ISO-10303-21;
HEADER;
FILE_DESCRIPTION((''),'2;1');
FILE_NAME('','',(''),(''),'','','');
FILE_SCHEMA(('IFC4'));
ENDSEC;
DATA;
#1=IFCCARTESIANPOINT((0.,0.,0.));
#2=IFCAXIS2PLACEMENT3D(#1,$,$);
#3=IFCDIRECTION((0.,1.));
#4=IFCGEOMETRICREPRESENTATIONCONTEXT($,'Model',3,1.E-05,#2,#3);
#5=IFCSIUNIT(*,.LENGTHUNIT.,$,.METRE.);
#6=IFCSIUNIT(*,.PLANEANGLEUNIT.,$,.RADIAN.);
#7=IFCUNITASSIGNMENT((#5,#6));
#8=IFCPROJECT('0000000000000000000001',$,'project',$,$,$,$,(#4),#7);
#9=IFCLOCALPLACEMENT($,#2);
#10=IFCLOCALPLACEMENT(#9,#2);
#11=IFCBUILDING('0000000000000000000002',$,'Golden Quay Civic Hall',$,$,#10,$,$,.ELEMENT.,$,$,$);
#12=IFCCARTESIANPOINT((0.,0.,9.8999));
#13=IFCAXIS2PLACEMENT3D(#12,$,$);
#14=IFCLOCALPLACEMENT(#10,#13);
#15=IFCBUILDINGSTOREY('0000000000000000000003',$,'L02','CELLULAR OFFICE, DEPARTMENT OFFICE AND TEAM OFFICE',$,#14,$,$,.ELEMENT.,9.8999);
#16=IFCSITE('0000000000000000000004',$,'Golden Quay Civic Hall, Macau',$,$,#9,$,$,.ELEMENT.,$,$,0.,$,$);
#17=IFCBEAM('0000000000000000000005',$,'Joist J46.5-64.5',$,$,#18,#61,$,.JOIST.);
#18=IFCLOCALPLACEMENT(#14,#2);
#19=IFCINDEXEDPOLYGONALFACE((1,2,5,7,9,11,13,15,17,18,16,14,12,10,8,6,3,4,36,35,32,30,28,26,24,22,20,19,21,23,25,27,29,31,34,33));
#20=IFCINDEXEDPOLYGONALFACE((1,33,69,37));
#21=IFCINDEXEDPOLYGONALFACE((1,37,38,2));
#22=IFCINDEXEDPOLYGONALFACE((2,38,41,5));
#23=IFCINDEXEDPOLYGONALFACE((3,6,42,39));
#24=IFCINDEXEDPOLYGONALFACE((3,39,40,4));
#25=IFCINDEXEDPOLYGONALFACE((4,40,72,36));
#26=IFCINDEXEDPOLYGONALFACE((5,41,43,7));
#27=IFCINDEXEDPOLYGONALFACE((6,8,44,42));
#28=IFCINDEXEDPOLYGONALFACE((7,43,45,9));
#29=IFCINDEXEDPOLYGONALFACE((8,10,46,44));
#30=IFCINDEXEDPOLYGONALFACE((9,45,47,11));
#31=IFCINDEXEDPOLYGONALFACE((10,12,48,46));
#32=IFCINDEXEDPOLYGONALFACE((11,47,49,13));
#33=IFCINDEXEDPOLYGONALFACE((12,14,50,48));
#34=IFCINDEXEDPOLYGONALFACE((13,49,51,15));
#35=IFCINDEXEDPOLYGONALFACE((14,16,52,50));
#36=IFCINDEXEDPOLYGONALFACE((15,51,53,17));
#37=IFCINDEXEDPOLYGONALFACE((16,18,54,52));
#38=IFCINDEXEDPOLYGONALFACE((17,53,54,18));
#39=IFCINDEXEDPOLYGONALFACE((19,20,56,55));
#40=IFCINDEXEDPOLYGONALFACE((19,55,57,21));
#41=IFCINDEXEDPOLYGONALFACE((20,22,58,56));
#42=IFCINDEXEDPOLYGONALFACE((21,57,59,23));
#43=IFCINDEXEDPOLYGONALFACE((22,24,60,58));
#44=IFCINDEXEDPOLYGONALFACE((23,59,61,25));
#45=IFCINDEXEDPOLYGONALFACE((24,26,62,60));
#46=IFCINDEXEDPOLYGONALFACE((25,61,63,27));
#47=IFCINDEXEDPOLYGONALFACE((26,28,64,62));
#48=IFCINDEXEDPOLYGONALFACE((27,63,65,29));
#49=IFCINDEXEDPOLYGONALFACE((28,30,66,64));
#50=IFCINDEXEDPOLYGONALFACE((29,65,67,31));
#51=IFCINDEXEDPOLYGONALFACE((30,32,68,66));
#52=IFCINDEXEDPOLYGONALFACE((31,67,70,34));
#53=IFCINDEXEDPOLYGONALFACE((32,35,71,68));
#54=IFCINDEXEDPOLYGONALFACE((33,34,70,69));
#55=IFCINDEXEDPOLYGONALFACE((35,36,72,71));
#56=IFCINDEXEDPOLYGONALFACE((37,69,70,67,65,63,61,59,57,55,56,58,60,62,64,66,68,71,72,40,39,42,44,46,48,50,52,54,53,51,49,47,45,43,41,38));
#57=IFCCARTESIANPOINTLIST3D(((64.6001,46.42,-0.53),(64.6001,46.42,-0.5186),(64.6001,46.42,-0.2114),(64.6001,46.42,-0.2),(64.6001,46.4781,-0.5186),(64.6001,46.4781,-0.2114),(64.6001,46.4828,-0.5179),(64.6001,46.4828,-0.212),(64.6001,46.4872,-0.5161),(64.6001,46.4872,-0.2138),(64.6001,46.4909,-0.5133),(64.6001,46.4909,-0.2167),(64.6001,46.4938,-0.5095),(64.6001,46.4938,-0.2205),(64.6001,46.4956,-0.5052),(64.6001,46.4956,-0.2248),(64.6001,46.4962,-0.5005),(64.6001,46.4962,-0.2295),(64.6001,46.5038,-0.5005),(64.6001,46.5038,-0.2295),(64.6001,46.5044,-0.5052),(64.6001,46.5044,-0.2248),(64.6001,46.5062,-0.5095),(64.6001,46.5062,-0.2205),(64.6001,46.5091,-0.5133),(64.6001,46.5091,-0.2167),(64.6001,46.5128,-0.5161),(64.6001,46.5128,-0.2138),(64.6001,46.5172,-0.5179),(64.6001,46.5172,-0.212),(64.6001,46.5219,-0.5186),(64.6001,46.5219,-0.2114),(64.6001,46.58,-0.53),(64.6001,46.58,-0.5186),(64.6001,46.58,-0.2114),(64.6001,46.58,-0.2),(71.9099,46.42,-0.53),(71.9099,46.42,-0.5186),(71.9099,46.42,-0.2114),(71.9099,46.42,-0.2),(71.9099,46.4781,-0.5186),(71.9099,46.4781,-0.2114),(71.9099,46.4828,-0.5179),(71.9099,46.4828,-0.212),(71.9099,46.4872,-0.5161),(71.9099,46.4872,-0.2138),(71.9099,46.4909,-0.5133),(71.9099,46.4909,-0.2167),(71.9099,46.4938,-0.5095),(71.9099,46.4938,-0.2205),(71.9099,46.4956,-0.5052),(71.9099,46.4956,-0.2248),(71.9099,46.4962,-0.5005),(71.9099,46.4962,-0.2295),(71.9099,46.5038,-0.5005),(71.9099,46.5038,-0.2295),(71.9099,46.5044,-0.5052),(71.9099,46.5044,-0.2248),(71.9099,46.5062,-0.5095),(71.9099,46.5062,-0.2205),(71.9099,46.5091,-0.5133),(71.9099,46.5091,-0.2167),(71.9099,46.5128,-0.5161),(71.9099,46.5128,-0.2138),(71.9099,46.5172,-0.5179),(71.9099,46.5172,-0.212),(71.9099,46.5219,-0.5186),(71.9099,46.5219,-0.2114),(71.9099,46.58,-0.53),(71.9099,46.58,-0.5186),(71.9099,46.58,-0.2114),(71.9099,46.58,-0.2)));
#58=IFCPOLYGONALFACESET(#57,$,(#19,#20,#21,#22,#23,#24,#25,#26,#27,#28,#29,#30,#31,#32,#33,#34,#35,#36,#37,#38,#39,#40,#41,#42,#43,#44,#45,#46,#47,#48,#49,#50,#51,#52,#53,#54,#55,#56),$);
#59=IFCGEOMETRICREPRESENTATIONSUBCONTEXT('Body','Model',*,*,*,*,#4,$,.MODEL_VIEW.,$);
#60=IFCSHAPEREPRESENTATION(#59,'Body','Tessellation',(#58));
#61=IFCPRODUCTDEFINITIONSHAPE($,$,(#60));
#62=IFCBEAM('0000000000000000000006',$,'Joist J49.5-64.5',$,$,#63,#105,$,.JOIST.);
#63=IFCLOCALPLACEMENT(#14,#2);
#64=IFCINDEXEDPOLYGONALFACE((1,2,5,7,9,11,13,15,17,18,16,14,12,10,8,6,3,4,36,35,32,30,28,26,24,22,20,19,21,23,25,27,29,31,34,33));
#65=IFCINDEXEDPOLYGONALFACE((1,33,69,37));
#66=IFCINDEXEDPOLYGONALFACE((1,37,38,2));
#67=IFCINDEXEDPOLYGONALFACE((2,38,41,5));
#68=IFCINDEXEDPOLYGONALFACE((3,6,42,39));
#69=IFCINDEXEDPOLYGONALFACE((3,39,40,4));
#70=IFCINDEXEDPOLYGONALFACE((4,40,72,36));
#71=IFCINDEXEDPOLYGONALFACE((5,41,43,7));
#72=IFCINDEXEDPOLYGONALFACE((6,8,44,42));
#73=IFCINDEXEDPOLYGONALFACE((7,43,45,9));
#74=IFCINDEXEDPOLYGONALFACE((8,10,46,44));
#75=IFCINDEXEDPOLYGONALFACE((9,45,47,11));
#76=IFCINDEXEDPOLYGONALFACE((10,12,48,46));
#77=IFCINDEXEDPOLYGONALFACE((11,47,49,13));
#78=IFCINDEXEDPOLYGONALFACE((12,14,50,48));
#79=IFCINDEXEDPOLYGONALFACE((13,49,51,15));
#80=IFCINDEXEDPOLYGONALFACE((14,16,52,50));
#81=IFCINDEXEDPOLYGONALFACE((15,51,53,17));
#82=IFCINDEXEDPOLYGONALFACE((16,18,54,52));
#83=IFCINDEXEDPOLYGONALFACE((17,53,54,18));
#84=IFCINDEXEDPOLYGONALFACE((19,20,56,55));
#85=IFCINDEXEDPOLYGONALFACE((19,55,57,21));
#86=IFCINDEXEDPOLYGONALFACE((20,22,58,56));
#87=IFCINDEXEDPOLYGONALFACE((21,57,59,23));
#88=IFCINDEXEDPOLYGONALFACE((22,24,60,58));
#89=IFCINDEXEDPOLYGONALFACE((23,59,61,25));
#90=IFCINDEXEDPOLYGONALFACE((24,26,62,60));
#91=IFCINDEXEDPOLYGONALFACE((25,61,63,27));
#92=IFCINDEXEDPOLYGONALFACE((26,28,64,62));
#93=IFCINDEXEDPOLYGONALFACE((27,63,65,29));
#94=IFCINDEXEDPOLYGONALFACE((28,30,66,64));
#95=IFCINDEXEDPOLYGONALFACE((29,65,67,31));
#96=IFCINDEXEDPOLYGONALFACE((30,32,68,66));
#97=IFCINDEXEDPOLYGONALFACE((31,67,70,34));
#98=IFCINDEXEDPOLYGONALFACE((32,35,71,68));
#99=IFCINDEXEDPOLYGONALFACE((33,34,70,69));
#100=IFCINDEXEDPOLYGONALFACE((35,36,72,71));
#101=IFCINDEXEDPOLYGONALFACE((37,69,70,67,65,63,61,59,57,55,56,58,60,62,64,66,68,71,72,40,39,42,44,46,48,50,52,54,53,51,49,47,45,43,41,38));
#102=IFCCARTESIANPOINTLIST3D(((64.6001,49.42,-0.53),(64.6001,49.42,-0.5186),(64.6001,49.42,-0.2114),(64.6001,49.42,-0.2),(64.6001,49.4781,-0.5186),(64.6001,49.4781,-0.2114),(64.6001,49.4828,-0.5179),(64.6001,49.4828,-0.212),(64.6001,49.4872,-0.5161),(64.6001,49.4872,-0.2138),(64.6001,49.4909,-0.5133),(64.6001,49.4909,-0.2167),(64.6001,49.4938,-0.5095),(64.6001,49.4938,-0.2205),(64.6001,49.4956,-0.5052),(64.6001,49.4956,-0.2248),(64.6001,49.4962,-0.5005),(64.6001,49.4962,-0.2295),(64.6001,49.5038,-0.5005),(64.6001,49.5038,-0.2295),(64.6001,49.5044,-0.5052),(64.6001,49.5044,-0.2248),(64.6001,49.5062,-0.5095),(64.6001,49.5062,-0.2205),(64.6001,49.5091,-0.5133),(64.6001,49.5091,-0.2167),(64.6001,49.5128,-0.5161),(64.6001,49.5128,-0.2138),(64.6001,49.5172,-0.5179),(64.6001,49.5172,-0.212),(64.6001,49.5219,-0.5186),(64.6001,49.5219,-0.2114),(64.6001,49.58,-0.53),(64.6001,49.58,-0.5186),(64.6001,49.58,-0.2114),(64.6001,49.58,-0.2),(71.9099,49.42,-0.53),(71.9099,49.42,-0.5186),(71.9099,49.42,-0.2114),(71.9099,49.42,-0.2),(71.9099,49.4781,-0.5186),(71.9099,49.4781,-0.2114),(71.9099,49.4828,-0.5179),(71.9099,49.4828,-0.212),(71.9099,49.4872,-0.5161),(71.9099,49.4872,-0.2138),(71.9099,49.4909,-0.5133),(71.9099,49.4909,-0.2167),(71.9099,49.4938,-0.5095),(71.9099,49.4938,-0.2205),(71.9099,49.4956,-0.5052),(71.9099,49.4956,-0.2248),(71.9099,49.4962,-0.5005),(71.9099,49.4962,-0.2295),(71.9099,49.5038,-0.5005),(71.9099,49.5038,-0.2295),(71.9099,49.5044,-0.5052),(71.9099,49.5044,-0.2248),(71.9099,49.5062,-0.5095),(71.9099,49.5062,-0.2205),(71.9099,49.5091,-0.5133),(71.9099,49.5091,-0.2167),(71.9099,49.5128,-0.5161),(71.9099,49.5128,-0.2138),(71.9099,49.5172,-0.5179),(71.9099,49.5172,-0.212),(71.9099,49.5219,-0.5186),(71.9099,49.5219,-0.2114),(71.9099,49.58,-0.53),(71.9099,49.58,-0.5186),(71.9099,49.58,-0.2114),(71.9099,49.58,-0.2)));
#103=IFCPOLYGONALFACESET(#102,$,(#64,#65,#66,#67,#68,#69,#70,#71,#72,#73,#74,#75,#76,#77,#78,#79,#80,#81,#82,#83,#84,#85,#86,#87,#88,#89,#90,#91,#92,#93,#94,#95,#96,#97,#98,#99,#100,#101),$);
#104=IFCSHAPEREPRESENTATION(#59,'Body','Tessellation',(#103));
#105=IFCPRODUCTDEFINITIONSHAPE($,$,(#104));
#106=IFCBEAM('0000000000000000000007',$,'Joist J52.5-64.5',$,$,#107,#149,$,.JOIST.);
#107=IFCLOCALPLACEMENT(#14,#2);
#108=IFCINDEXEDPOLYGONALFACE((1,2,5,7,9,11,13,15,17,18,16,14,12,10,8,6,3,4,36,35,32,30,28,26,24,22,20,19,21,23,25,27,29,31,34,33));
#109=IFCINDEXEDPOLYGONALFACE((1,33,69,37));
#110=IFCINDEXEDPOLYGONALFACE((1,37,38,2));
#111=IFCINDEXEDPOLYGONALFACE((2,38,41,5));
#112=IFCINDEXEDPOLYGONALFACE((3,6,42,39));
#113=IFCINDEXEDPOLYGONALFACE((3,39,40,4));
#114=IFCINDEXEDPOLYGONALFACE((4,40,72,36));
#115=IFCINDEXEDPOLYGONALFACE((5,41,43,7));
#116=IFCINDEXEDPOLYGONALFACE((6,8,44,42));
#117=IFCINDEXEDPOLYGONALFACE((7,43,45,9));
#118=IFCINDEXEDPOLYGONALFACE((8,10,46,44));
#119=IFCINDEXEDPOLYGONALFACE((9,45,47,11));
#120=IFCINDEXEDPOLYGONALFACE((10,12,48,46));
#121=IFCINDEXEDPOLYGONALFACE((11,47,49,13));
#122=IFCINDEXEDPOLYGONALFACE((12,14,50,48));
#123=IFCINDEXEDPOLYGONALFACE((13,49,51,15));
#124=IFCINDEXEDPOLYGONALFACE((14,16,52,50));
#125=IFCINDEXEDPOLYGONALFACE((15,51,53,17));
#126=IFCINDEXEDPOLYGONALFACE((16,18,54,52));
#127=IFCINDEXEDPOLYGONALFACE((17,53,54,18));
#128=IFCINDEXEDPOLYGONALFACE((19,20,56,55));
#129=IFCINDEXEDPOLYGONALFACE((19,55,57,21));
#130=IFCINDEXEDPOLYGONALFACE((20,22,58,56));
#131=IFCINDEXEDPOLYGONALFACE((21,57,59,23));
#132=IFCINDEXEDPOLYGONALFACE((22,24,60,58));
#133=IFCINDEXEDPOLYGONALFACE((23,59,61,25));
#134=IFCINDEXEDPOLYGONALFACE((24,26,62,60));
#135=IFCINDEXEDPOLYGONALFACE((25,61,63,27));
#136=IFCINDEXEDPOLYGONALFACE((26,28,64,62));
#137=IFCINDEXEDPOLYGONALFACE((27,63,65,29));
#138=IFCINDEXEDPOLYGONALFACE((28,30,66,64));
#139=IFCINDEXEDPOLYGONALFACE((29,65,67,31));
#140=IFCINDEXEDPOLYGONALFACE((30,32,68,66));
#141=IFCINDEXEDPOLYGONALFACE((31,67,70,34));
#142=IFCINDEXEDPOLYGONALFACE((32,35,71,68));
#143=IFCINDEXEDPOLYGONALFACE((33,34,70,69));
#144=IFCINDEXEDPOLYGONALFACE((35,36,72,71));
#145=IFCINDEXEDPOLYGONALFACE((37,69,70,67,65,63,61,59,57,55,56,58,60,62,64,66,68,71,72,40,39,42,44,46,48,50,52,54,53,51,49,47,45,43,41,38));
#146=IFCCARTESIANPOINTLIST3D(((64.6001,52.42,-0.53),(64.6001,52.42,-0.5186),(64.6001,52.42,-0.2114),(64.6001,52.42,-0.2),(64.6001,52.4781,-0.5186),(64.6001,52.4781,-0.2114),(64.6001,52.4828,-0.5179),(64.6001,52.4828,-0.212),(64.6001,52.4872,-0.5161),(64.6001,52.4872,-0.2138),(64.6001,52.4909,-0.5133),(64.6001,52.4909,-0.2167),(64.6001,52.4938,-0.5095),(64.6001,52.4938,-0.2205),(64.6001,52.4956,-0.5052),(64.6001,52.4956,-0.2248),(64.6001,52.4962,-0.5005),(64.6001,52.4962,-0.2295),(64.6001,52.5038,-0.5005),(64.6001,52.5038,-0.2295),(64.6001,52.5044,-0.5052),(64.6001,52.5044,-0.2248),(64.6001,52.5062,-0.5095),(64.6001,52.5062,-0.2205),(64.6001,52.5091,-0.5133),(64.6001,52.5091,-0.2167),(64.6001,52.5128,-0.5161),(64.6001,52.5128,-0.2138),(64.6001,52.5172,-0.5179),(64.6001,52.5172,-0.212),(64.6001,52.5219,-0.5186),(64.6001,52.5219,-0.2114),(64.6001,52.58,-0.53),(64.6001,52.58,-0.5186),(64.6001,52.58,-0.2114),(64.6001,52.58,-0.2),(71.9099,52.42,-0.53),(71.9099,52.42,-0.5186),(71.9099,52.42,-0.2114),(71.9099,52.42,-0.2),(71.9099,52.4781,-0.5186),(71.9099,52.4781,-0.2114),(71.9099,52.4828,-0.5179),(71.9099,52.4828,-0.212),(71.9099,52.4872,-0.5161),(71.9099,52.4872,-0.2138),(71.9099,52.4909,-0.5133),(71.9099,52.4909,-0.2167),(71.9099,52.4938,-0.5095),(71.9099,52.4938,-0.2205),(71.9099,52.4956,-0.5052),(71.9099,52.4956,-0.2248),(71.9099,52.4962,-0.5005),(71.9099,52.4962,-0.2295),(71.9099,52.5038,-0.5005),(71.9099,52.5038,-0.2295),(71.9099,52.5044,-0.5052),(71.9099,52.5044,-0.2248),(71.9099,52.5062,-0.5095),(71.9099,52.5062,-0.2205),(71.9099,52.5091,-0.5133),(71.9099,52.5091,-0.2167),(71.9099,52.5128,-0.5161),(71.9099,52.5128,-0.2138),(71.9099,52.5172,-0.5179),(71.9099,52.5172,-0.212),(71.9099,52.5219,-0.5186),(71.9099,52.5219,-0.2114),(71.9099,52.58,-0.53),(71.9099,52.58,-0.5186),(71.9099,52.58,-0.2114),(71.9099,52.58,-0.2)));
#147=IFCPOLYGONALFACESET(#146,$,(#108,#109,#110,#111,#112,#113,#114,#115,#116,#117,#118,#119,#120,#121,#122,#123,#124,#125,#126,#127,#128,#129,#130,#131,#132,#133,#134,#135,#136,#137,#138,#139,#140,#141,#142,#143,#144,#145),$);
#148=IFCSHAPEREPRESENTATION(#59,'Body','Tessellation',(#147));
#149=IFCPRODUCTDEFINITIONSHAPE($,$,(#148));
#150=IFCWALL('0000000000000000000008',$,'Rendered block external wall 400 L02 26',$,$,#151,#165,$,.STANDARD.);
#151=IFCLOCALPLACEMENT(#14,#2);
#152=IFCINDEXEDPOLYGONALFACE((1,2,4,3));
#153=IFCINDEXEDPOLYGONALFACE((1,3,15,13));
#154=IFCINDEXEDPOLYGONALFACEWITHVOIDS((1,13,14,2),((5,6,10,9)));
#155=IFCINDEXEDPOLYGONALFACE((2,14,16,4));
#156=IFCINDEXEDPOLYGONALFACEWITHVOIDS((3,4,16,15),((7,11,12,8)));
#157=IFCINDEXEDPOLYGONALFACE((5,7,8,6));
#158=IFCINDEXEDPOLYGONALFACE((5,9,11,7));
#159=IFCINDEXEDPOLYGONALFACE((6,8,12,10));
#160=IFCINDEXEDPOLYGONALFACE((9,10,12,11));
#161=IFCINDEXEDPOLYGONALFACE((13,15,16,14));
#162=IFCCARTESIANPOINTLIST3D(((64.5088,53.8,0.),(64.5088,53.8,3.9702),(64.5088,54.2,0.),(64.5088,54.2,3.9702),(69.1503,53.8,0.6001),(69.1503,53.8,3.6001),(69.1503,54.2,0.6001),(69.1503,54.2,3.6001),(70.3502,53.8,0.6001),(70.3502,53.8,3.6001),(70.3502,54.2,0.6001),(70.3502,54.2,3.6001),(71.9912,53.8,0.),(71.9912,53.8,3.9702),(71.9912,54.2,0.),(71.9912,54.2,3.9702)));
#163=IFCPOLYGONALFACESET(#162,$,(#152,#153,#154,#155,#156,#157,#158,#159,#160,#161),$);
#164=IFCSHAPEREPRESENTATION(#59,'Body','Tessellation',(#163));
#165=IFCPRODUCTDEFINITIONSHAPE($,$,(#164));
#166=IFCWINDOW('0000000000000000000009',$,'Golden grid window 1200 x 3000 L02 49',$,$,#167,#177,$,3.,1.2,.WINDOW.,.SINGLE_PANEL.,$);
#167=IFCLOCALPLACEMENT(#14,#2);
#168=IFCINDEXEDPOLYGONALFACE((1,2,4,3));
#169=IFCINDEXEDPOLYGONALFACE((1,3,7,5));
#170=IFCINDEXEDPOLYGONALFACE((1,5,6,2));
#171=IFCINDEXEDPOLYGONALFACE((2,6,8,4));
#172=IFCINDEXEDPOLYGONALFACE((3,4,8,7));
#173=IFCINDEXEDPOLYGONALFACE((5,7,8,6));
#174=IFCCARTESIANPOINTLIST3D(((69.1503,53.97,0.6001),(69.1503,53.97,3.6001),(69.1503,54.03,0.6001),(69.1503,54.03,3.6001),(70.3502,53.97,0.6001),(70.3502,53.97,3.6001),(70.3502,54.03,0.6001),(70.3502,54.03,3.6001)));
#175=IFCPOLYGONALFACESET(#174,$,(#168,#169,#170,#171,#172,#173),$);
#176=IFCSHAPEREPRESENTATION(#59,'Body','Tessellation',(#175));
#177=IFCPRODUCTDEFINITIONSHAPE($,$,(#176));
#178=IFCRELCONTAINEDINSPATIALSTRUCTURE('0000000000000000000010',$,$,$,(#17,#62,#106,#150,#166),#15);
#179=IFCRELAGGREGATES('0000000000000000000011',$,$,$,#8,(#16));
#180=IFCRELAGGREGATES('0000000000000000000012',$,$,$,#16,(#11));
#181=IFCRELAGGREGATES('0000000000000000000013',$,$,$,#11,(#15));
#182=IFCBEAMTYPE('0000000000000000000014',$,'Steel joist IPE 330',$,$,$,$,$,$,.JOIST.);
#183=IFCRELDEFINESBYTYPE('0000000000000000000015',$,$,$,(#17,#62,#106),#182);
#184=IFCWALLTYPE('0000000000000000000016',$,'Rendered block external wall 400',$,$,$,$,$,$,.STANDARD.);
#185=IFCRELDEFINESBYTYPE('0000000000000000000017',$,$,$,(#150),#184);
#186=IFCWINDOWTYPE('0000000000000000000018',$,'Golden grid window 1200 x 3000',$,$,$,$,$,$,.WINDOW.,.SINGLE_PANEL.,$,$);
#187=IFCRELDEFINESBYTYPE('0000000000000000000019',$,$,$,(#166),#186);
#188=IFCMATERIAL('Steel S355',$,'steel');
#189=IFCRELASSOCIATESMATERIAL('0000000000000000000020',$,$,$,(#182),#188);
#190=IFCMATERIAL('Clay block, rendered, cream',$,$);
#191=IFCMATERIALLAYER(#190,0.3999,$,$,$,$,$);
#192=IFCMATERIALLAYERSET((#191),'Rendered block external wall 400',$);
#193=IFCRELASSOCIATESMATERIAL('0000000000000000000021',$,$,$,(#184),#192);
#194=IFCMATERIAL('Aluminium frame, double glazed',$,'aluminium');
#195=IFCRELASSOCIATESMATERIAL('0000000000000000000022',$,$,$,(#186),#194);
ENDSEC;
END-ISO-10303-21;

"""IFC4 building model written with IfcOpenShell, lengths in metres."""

from ifc_helpers import new_model, si_unit, direction, frame, frame_2d, origin, origin_2d, place, context, subcontext, project, spatial, rectangle, i_section, extrude, material, layer, layer_set, material_profile, profile_set, type_object, element, fill, save


model = new_model("IFC4")

# Units and contexts
model_context = context("Model", 3, precision=1e-05, world=origin(), true_north=direction((0.0, 1.0)))
body_context = subcontext(model_context, "Body", "Model", "MODEL_VIEW")
ifc_project = project(units=[si_unit("LENGTHUNIT", "METRE"), si_unit("PLANEANGLEUNIT", "RADIAN")], contexts=[model_context])

# Site, building, storey
site_placement = place(None, origin())
site = spatial("IfcSite", under=ifc_project, at=site_placement, Name="Golden Quay Civic Hall, Macau", CompositionType="ELEMENT", RefElevation=0.0)
building_placement = place(site_placement, origin())
building = spatial("IfcBuilding", under=site, at=building_placement, Name="Golden Quay Civic Hall", CompositionType="ELEMENT")
storey_placement = place(building_placement, frame((0.0, 0.0, 9.8999)))
storey = spatial("IfcBuildingStorey", under=building, at=storey_placement, Name="L02", Description="CELLULAR OFFICE, DEPARTMENT OFFICE AND TEAM OFFICE", CompositionType="ELEMENT", Elevation=9.8999)

# Beams
ifc_material_1 = material(Name="Steel S355", Category="steel")
ifc_material_profile_1 = material_profile(ifc_material_1, i_section(OverallWidth=0.1599, OverallDepth=0.3301, WebThickness=0.0076, FlangeThickness=0.0115, FilletRadius=0.0181, at=origin_2d()), Name="IPE 330")
ifc_profile_set_1 = profile_set([ifc_material_profile_1], Name="Steel S355")
beam_type_1 = type_object("IfcBeamType", Name="Steel joist IPE 330", PredefinedType="JOIST", material=ifc_profile_set_1)
for number, where, z_axis, x_axis, name in (
    (1, (64.6001, 46.5, -0.365), (1.0, 0.0, 0.0), (0.0, 1.0, 0.0), "Joist J46.5-64.5"),
    (2, (64.6001, 49.5, -0.365), (1.0, 0.0, 0.0), (0.0, 1.0, 0.0), "Joist J49.5-64.5"),
    (3, (64.6001, 52.5, -0.365), (1.0, 0.0, 0.0), (0.0, 1.0, 0.0), "Joist J52.5-64.5"),
):
    element("IfcBeam", number, at=place(storey_placement, frame(where, z_axis=z_axis, x_axis=x_axis)), inside=storey, type_object=beam_type_1, Name=name, PredefinedType="JOIST", context=body_context, shape_type="SweptSolid", body=[
        extrude(i_section(OverallWidth=0.1599, OverallDepth=0.3301, WebThickness=0.0076, FlangeThickness=0.0115, FilletRadius=0.0181, at=origin_2d()), origin(), (0.0, 0.0, 1.0), 7.3098),
    ])

# Wall, opening, window
ifc_material_2 = material(Name="Clay block, rendered, cream")
ifc_layer = layer(ifc_material_2, 0.3999)
ifc_layer_set = layer_set([ifc_layer], Name="Rendered block external wall 400")
wall_type = type_object("IfcWallType", Name="Rendered block external wall 400", PredefinedType="STANDARD", material=ifc_layer_set)
wall_1_placement = place(storey_placement, frame((64.5088, 54.0, 0.0), z_axis=(0.0, 0.0, 1.0), x_axis=(1.0, 0.0, 0.0)))
wall_1 = element("IfcWall", 4, at=wall_1_placement, inside=storey, type_object=wall_type, Name="Rendered block external wall 400 L02 26", PredefinedType="STANDARD", context=body_context, shape_type="SweptSolid", body=[
    extrude(rectangle(XDim=7.4824, YDim=0.3999, at=frame_2d((3.7412, 0.0))), origin(), (0.0, 0.0, 1.0), 3.9702),
])
opening_1_placement = place(wall_1_placement, frame((4.6414, 0.0, 0.6001)))
opening_1 = element("IfcOpeningElement", 5, at=opening_1_placement, cuts=wall_1, PredefinedType="OPENING", context=body_context, shape_type="SweptSolid", body=[
    extrude(rectangle(XDim=1.2, YDim=3.0, at=frame_2d((0.6001, 1.5))), frame((0.0, 0.21, 0.0), z_axis=(0.0, -1.0, 0.0), x_axis=(1.0, 0.0, 0.0)), (0.0, 0.0, 1.0), 0.4199),
])
ifc_material_3 = material(Name="Aluminium frame, double glazed", Category="aluminium")
window_type = type_object("IfcWindowType", Name="Golden grid window 1200 x 3000", PartitioningType="SINGLE_PANEL", PredefinedType="WINDOW", material=ifc_material_3)
window_1_placement = place(opening_1_placement, origin())
window_1 = element("IfcWindow", 6, at=window_1_placement, inside=storey, type_object=window_type, Name="Golden grid window 1200 x 3000 L02 49", OverallHeight=3.0, OverallWidth=1.2, PartitioningType="SINGLE_PANEL", PredefinedType="WINDOW", context=body_context, shape_type="SweptSolid", body=[
    extrude(rectangle(XDim=1.2, YDim=3.0, at=frame_2d((0.6001, 1.5))), frame((0.0, 0.03, 0.0), z_axis=(0.0, -1.0, 0.0), x_axis=(1.0, 0.0, 0.0)), (0.0, 0.0, 1.0), 0.0601),
])
fill(opening_1, window_1)

save(model, "model.ifc")
